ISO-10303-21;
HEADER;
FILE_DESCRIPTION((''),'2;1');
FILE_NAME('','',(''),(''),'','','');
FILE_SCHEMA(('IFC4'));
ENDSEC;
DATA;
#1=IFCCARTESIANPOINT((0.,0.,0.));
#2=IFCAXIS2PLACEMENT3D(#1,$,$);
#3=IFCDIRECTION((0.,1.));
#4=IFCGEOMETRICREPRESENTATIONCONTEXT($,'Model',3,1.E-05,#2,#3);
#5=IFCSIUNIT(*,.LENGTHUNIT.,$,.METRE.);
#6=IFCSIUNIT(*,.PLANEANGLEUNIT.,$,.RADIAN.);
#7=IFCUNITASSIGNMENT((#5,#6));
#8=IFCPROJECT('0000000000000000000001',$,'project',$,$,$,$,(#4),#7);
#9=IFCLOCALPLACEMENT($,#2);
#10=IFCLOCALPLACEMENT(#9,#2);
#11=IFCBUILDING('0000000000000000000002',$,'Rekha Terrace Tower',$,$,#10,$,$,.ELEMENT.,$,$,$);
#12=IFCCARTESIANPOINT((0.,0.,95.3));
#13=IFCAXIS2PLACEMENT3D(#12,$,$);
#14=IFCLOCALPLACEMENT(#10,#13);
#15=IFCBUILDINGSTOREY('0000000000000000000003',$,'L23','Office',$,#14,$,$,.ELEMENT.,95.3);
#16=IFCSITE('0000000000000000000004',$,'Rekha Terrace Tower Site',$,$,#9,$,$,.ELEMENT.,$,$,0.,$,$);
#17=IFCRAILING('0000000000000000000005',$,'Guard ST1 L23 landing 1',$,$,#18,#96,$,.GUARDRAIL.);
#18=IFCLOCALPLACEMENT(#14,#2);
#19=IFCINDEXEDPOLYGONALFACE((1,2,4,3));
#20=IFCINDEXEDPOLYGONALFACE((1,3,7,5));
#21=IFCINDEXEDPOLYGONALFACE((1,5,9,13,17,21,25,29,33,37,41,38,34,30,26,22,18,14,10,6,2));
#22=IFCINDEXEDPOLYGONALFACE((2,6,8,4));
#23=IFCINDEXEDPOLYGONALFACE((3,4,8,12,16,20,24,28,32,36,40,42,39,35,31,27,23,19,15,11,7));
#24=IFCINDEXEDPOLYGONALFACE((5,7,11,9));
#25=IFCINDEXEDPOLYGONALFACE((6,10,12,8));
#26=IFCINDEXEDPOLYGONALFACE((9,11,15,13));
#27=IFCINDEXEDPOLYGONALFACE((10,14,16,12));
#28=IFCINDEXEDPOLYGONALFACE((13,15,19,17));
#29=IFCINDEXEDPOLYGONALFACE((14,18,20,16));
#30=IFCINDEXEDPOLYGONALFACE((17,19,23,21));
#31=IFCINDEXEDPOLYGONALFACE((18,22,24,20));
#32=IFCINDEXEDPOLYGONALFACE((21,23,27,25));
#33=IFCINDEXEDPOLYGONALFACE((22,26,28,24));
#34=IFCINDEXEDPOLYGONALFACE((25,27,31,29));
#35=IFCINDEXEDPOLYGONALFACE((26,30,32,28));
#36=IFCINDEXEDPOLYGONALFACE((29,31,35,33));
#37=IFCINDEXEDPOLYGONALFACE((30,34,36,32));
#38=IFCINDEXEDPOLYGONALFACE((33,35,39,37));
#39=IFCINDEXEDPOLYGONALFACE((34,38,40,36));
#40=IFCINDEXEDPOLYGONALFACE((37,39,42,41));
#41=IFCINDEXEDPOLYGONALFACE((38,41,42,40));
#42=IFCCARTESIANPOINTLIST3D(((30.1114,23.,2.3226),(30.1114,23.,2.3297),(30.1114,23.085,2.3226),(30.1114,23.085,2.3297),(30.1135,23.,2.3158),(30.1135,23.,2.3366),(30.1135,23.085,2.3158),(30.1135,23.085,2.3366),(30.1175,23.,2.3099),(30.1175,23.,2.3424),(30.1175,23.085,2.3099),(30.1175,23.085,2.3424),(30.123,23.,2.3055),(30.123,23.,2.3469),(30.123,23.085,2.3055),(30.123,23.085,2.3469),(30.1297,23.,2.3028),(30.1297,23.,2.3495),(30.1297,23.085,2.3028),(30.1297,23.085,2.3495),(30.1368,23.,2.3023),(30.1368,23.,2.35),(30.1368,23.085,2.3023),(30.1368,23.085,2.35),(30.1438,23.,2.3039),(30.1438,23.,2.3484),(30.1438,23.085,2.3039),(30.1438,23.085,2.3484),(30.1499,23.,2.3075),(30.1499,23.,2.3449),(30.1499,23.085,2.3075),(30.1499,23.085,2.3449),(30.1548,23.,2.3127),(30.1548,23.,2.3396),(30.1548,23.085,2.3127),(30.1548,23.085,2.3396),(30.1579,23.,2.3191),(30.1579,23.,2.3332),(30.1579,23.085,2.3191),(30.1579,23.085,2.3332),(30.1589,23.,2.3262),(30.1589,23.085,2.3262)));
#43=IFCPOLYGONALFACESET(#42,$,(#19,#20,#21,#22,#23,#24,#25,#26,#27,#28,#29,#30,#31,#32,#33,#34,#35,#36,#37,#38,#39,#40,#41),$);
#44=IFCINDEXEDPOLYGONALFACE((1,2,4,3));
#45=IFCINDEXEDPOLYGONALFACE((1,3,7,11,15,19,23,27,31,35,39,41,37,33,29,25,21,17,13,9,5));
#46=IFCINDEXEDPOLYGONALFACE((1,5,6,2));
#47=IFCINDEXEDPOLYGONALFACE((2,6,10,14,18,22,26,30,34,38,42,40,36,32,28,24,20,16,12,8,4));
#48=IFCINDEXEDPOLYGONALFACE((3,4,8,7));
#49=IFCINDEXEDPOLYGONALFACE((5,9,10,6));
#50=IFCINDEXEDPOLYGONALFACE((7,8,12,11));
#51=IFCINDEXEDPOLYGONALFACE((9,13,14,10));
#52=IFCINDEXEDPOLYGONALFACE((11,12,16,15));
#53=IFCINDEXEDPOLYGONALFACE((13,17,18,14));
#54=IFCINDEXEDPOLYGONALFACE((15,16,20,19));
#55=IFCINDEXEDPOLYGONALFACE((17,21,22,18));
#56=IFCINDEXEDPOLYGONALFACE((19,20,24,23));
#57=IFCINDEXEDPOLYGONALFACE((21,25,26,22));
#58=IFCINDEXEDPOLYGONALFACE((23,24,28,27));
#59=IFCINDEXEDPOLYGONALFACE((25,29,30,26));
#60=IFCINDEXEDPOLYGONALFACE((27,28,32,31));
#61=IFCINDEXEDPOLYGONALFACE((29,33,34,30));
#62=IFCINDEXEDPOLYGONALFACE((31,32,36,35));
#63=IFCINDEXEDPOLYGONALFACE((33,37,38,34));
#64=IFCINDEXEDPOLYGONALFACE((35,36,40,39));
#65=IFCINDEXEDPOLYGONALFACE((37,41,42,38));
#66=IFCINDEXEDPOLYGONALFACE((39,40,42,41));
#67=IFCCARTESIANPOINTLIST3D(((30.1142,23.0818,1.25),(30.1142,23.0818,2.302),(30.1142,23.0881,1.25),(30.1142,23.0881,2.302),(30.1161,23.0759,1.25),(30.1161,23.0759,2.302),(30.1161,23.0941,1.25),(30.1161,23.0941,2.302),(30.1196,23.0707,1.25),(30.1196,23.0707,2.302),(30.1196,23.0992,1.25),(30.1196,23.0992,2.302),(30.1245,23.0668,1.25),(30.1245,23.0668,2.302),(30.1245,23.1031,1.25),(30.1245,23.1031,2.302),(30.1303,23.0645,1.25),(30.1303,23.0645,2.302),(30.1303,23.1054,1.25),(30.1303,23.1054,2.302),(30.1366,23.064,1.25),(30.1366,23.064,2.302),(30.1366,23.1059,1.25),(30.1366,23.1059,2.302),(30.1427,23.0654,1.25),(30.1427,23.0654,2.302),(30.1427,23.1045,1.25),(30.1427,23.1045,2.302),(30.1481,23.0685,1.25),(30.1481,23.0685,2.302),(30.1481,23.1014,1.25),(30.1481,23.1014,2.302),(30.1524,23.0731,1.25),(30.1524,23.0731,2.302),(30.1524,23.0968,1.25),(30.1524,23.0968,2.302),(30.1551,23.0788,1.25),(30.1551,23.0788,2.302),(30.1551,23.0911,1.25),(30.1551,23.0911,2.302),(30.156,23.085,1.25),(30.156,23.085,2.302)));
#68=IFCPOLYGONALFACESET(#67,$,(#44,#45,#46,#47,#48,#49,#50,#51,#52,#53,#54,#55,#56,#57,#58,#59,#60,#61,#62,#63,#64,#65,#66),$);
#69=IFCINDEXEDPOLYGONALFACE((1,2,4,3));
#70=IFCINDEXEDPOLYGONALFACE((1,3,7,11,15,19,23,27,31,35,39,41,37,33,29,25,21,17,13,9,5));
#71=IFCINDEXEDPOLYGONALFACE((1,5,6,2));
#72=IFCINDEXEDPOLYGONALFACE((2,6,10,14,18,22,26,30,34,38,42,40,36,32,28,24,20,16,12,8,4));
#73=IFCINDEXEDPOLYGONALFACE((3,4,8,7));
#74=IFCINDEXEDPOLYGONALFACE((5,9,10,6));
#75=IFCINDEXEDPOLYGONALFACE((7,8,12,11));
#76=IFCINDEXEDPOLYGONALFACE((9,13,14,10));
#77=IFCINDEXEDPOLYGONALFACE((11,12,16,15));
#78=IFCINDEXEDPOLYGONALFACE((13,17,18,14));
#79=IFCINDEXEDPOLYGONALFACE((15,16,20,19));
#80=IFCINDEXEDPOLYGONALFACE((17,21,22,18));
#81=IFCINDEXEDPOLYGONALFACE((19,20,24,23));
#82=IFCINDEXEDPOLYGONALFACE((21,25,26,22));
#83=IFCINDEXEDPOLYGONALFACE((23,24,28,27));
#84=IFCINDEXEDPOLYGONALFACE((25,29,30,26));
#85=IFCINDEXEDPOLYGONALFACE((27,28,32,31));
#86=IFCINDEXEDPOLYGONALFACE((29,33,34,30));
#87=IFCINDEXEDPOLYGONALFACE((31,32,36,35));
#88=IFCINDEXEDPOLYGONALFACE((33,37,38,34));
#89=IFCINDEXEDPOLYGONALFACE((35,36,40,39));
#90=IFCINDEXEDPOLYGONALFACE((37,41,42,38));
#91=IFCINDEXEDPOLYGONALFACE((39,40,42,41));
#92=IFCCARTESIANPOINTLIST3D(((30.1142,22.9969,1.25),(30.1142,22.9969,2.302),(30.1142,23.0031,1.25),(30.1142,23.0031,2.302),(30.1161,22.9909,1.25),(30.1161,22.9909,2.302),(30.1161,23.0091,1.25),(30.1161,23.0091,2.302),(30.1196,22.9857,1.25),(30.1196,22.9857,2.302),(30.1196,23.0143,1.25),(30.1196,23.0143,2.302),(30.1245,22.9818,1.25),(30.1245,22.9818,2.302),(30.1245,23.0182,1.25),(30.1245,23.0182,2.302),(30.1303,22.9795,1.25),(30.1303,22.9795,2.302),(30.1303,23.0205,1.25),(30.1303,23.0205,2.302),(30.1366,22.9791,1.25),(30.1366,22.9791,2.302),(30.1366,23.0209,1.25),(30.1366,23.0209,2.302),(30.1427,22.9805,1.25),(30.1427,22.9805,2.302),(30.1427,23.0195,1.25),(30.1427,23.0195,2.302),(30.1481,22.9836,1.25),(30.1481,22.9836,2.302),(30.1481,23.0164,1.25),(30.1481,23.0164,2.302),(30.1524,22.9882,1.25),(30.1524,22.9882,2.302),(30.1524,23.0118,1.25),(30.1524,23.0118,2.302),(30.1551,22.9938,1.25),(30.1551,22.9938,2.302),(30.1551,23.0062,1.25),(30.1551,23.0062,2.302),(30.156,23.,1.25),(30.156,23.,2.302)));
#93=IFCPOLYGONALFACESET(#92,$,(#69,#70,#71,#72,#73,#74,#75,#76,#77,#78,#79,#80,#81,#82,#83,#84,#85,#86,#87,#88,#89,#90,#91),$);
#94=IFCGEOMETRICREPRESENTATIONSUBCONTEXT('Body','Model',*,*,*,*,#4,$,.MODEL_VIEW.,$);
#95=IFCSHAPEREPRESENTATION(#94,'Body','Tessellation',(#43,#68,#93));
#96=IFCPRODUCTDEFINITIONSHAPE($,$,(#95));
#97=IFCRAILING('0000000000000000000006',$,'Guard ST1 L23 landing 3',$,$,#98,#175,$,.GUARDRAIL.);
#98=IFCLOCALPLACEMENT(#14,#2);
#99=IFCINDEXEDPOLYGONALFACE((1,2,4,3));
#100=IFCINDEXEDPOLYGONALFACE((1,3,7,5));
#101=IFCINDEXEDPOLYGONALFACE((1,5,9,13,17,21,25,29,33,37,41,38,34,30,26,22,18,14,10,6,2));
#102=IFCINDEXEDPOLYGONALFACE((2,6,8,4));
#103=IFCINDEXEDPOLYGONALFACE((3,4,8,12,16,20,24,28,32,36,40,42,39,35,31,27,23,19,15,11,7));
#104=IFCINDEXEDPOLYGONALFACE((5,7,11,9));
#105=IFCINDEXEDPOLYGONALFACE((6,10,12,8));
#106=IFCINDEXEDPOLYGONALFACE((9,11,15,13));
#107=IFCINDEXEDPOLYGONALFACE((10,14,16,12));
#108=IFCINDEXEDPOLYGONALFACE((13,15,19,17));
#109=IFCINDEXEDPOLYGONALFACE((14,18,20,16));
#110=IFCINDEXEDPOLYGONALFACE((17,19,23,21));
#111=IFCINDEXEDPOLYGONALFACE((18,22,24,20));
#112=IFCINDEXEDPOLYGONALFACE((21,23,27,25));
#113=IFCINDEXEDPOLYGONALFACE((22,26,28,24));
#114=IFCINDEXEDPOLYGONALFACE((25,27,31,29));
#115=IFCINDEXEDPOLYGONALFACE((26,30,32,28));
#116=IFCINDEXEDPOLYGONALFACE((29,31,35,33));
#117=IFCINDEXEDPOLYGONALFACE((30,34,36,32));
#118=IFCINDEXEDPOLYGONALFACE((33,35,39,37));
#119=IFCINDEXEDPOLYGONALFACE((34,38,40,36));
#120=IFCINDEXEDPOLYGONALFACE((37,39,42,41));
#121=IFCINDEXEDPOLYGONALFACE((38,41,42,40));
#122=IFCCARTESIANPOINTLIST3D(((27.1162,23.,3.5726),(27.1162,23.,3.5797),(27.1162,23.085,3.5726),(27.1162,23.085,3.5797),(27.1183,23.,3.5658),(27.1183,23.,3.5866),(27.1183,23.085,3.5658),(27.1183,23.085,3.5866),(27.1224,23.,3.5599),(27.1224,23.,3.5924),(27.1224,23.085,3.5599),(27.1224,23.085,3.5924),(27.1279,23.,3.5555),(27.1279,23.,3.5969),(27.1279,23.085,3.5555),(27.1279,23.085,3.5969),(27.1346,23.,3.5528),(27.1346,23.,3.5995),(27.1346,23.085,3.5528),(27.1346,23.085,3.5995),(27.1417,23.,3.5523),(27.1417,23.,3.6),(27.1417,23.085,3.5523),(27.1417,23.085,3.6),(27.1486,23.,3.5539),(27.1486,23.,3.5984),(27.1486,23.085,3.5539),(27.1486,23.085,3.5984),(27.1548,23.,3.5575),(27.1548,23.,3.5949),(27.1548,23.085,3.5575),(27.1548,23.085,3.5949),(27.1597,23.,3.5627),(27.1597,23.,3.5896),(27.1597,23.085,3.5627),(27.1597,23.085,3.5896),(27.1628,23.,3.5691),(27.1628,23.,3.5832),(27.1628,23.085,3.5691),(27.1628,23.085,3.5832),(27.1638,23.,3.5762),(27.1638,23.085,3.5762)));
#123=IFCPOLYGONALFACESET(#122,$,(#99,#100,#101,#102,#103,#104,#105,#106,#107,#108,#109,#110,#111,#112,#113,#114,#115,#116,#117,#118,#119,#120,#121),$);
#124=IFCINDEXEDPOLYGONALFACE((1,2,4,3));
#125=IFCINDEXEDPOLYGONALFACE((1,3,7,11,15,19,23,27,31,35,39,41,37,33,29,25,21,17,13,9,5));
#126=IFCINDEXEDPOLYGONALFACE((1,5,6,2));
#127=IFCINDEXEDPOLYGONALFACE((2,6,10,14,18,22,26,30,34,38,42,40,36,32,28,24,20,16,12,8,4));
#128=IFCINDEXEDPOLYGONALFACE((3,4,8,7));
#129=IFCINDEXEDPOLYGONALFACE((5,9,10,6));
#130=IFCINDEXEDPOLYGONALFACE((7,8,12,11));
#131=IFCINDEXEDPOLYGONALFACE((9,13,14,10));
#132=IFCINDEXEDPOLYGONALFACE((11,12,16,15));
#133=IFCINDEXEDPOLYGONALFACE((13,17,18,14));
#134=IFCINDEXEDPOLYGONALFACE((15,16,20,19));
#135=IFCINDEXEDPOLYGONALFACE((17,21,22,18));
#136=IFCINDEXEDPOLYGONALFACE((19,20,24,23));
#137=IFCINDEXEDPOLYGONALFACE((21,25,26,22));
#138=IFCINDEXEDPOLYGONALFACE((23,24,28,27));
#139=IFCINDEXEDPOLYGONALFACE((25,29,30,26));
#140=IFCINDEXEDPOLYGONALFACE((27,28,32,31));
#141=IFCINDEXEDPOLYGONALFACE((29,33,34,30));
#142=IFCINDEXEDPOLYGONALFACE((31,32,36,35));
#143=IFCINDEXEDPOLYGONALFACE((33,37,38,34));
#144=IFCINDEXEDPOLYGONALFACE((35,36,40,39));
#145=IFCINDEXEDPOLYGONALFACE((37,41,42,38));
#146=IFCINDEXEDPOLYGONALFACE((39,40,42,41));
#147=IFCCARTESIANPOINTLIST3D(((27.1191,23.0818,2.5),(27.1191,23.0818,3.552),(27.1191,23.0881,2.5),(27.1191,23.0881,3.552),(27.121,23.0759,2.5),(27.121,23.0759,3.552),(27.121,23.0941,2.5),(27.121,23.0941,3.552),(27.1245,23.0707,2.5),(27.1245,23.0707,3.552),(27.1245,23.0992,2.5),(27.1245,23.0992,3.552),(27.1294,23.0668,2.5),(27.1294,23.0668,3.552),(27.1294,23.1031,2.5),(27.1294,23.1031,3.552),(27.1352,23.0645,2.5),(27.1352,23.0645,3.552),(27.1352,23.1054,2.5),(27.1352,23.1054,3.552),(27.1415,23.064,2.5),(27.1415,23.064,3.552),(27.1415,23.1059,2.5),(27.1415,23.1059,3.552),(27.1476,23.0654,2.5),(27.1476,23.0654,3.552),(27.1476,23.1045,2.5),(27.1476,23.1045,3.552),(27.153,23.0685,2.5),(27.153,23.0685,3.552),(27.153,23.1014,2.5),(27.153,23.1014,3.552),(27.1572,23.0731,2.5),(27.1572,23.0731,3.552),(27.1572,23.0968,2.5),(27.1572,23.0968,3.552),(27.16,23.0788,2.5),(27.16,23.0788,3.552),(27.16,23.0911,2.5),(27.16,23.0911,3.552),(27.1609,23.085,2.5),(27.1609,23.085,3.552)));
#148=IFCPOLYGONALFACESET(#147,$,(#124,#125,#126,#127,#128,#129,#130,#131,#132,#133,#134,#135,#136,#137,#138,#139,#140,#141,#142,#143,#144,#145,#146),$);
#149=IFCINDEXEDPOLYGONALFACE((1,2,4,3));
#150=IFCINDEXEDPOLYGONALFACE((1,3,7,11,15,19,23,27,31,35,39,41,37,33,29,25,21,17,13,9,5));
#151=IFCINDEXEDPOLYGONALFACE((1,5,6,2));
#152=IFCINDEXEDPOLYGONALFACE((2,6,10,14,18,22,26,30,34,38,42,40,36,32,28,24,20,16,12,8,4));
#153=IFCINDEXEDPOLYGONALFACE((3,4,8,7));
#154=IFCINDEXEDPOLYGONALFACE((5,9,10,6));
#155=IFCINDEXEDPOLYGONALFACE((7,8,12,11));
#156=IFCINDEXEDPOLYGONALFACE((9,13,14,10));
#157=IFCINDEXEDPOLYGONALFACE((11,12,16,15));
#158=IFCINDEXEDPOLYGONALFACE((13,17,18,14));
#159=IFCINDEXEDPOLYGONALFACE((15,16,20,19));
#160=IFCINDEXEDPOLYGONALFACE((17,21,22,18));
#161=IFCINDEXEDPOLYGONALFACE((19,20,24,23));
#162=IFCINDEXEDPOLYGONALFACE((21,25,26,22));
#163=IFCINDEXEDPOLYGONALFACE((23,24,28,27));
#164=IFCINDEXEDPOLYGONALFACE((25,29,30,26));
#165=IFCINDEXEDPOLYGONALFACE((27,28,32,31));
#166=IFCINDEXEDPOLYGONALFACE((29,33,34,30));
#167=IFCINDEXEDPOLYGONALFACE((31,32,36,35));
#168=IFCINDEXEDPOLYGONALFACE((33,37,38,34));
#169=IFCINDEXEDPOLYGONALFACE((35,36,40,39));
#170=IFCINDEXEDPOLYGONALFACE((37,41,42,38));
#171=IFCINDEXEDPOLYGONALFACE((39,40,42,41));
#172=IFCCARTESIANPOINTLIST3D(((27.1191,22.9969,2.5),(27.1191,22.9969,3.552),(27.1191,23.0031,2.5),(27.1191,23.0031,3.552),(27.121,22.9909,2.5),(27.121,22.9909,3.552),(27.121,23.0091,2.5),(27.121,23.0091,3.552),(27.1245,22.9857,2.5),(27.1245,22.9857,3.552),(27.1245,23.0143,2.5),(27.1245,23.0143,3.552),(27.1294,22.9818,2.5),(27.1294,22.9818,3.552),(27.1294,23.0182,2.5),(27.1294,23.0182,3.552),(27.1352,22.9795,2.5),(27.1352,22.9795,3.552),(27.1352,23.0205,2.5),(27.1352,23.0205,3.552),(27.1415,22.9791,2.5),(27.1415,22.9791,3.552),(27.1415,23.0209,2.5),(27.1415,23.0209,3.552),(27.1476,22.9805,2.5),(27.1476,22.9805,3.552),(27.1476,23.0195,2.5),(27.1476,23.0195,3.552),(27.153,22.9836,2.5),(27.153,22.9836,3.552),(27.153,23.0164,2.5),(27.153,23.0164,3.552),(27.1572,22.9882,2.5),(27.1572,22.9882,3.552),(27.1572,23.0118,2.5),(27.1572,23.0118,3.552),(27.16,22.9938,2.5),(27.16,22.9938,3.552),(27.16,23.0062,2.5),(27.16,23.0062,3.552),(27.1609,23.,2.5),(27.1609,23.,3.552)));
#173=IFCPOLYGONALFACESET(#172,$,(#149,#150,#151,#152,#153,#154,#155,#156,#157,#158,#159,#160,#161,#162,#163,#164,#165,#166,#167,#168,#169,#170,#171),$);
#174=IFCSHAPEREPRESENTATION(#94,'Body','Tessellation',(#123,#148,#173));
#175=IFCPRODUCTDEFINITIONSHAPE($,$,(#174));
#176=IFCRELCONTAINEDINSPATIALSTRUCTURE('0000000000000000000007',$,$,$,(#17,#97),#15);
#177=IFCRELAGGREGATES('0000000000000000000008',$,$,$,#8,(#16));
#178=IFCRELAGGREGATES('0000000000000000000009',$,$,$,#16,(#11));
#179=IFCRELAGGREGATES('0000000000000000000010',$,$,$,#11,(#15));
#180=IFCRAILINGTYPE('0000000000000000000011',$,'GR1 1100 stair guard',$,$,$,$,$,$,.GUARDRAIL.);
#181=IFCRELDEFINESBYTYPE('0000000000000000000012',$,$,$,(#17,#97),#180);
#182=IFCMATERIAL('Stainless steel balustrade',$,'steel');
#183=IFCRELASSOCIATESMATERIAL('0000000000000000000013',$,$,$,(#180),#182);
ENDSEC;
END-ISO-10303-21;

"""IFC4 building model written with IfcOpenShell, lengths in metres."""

from ifc_helpers import new_model, si_unit, direction, frame, origin, origin_2d, place, context, subcontext, project, spatial, circle, extrude, material, type_object, element, save


model = new_model("IFC4")

# Units and contexts
model_context = context("Model", 3, precision=1e-05, world=origin(), true_north=direction((0.0, 1.0)))
body_context = subcontext(model_context, "Body", "Model", "MODEL_VIEW")
ifc_project = project(units=[si_unit("LENGTHUNIT", "METRE"), si_unit("PLANEANGLEUNIT", "RADIAN")], contexts=[model_context])

# Site, building, storey
site_placement = place(None, origin())
site = spatial("IfcSite", under=ifc_project, at=site_placement, Name="Rekha Terrace Tower Site", CompositionType="ELEMENT", RefElevation=0.0)
building_placement = place(site_placement, origin())
building = spatial("IfcBuilding", under=site, at=building_placement, Name="Rekha Terrace Tower", CompositionType="ELEMENT")
storey_placement = place(building_placement, frame((0.0, 0.0, 95.3)))
storey = spatial("IfcBuildingStorey", under=building, at=storey_placement, Name="L23", Description="Office", CompositionType="ELEMENT", Elevation=95.3)

# Railings
ifc_material_1 = material(Name="Stainless steel balustrade", Category="steel")
railing_type_1 = type_object("IfcRailingType", Name="GR1 1100 stair guard", PredefinedType="GUARDRAIL", material=ifc_material_1)
for number, where, name in (
    (1, (30.135, 23.085, 1.25), "Guard ST1 L23 landing 1"),
    (2, (27.1399, 23.085, 2.5), "Guard ST1 L23 landing 3"),
):
    element("IfcRailing", number, at=place(storey_placement, frame(where)), inside=storey, type_object=railing_type_1, Name=name, PredefinedType="GUARDRAIL", context=body_context, shape_type="SweptSolid", body=[
        extrude(circle(Radius=0.0239, at=origin_2d()), frame((0.0, 0.0, 1.0762), z_axis=(0.0, -1.0, 0.0), x_axis=(1.0, 0.0, 0.0)), (0.0, 0.0, 1.0), 0.085),
        extrude(circle(Radius=0.021, at=origin_2d()), origin(), (0.0, 0.0, 1.0), 1.052),
        extrude(circle(Radius=0.021, at=origin_2d()), frame((0.0, -0.085, 0.0)), (0.0, 0.0, 1.0), 1.052),
    ])

save(model, "model.ifc")
